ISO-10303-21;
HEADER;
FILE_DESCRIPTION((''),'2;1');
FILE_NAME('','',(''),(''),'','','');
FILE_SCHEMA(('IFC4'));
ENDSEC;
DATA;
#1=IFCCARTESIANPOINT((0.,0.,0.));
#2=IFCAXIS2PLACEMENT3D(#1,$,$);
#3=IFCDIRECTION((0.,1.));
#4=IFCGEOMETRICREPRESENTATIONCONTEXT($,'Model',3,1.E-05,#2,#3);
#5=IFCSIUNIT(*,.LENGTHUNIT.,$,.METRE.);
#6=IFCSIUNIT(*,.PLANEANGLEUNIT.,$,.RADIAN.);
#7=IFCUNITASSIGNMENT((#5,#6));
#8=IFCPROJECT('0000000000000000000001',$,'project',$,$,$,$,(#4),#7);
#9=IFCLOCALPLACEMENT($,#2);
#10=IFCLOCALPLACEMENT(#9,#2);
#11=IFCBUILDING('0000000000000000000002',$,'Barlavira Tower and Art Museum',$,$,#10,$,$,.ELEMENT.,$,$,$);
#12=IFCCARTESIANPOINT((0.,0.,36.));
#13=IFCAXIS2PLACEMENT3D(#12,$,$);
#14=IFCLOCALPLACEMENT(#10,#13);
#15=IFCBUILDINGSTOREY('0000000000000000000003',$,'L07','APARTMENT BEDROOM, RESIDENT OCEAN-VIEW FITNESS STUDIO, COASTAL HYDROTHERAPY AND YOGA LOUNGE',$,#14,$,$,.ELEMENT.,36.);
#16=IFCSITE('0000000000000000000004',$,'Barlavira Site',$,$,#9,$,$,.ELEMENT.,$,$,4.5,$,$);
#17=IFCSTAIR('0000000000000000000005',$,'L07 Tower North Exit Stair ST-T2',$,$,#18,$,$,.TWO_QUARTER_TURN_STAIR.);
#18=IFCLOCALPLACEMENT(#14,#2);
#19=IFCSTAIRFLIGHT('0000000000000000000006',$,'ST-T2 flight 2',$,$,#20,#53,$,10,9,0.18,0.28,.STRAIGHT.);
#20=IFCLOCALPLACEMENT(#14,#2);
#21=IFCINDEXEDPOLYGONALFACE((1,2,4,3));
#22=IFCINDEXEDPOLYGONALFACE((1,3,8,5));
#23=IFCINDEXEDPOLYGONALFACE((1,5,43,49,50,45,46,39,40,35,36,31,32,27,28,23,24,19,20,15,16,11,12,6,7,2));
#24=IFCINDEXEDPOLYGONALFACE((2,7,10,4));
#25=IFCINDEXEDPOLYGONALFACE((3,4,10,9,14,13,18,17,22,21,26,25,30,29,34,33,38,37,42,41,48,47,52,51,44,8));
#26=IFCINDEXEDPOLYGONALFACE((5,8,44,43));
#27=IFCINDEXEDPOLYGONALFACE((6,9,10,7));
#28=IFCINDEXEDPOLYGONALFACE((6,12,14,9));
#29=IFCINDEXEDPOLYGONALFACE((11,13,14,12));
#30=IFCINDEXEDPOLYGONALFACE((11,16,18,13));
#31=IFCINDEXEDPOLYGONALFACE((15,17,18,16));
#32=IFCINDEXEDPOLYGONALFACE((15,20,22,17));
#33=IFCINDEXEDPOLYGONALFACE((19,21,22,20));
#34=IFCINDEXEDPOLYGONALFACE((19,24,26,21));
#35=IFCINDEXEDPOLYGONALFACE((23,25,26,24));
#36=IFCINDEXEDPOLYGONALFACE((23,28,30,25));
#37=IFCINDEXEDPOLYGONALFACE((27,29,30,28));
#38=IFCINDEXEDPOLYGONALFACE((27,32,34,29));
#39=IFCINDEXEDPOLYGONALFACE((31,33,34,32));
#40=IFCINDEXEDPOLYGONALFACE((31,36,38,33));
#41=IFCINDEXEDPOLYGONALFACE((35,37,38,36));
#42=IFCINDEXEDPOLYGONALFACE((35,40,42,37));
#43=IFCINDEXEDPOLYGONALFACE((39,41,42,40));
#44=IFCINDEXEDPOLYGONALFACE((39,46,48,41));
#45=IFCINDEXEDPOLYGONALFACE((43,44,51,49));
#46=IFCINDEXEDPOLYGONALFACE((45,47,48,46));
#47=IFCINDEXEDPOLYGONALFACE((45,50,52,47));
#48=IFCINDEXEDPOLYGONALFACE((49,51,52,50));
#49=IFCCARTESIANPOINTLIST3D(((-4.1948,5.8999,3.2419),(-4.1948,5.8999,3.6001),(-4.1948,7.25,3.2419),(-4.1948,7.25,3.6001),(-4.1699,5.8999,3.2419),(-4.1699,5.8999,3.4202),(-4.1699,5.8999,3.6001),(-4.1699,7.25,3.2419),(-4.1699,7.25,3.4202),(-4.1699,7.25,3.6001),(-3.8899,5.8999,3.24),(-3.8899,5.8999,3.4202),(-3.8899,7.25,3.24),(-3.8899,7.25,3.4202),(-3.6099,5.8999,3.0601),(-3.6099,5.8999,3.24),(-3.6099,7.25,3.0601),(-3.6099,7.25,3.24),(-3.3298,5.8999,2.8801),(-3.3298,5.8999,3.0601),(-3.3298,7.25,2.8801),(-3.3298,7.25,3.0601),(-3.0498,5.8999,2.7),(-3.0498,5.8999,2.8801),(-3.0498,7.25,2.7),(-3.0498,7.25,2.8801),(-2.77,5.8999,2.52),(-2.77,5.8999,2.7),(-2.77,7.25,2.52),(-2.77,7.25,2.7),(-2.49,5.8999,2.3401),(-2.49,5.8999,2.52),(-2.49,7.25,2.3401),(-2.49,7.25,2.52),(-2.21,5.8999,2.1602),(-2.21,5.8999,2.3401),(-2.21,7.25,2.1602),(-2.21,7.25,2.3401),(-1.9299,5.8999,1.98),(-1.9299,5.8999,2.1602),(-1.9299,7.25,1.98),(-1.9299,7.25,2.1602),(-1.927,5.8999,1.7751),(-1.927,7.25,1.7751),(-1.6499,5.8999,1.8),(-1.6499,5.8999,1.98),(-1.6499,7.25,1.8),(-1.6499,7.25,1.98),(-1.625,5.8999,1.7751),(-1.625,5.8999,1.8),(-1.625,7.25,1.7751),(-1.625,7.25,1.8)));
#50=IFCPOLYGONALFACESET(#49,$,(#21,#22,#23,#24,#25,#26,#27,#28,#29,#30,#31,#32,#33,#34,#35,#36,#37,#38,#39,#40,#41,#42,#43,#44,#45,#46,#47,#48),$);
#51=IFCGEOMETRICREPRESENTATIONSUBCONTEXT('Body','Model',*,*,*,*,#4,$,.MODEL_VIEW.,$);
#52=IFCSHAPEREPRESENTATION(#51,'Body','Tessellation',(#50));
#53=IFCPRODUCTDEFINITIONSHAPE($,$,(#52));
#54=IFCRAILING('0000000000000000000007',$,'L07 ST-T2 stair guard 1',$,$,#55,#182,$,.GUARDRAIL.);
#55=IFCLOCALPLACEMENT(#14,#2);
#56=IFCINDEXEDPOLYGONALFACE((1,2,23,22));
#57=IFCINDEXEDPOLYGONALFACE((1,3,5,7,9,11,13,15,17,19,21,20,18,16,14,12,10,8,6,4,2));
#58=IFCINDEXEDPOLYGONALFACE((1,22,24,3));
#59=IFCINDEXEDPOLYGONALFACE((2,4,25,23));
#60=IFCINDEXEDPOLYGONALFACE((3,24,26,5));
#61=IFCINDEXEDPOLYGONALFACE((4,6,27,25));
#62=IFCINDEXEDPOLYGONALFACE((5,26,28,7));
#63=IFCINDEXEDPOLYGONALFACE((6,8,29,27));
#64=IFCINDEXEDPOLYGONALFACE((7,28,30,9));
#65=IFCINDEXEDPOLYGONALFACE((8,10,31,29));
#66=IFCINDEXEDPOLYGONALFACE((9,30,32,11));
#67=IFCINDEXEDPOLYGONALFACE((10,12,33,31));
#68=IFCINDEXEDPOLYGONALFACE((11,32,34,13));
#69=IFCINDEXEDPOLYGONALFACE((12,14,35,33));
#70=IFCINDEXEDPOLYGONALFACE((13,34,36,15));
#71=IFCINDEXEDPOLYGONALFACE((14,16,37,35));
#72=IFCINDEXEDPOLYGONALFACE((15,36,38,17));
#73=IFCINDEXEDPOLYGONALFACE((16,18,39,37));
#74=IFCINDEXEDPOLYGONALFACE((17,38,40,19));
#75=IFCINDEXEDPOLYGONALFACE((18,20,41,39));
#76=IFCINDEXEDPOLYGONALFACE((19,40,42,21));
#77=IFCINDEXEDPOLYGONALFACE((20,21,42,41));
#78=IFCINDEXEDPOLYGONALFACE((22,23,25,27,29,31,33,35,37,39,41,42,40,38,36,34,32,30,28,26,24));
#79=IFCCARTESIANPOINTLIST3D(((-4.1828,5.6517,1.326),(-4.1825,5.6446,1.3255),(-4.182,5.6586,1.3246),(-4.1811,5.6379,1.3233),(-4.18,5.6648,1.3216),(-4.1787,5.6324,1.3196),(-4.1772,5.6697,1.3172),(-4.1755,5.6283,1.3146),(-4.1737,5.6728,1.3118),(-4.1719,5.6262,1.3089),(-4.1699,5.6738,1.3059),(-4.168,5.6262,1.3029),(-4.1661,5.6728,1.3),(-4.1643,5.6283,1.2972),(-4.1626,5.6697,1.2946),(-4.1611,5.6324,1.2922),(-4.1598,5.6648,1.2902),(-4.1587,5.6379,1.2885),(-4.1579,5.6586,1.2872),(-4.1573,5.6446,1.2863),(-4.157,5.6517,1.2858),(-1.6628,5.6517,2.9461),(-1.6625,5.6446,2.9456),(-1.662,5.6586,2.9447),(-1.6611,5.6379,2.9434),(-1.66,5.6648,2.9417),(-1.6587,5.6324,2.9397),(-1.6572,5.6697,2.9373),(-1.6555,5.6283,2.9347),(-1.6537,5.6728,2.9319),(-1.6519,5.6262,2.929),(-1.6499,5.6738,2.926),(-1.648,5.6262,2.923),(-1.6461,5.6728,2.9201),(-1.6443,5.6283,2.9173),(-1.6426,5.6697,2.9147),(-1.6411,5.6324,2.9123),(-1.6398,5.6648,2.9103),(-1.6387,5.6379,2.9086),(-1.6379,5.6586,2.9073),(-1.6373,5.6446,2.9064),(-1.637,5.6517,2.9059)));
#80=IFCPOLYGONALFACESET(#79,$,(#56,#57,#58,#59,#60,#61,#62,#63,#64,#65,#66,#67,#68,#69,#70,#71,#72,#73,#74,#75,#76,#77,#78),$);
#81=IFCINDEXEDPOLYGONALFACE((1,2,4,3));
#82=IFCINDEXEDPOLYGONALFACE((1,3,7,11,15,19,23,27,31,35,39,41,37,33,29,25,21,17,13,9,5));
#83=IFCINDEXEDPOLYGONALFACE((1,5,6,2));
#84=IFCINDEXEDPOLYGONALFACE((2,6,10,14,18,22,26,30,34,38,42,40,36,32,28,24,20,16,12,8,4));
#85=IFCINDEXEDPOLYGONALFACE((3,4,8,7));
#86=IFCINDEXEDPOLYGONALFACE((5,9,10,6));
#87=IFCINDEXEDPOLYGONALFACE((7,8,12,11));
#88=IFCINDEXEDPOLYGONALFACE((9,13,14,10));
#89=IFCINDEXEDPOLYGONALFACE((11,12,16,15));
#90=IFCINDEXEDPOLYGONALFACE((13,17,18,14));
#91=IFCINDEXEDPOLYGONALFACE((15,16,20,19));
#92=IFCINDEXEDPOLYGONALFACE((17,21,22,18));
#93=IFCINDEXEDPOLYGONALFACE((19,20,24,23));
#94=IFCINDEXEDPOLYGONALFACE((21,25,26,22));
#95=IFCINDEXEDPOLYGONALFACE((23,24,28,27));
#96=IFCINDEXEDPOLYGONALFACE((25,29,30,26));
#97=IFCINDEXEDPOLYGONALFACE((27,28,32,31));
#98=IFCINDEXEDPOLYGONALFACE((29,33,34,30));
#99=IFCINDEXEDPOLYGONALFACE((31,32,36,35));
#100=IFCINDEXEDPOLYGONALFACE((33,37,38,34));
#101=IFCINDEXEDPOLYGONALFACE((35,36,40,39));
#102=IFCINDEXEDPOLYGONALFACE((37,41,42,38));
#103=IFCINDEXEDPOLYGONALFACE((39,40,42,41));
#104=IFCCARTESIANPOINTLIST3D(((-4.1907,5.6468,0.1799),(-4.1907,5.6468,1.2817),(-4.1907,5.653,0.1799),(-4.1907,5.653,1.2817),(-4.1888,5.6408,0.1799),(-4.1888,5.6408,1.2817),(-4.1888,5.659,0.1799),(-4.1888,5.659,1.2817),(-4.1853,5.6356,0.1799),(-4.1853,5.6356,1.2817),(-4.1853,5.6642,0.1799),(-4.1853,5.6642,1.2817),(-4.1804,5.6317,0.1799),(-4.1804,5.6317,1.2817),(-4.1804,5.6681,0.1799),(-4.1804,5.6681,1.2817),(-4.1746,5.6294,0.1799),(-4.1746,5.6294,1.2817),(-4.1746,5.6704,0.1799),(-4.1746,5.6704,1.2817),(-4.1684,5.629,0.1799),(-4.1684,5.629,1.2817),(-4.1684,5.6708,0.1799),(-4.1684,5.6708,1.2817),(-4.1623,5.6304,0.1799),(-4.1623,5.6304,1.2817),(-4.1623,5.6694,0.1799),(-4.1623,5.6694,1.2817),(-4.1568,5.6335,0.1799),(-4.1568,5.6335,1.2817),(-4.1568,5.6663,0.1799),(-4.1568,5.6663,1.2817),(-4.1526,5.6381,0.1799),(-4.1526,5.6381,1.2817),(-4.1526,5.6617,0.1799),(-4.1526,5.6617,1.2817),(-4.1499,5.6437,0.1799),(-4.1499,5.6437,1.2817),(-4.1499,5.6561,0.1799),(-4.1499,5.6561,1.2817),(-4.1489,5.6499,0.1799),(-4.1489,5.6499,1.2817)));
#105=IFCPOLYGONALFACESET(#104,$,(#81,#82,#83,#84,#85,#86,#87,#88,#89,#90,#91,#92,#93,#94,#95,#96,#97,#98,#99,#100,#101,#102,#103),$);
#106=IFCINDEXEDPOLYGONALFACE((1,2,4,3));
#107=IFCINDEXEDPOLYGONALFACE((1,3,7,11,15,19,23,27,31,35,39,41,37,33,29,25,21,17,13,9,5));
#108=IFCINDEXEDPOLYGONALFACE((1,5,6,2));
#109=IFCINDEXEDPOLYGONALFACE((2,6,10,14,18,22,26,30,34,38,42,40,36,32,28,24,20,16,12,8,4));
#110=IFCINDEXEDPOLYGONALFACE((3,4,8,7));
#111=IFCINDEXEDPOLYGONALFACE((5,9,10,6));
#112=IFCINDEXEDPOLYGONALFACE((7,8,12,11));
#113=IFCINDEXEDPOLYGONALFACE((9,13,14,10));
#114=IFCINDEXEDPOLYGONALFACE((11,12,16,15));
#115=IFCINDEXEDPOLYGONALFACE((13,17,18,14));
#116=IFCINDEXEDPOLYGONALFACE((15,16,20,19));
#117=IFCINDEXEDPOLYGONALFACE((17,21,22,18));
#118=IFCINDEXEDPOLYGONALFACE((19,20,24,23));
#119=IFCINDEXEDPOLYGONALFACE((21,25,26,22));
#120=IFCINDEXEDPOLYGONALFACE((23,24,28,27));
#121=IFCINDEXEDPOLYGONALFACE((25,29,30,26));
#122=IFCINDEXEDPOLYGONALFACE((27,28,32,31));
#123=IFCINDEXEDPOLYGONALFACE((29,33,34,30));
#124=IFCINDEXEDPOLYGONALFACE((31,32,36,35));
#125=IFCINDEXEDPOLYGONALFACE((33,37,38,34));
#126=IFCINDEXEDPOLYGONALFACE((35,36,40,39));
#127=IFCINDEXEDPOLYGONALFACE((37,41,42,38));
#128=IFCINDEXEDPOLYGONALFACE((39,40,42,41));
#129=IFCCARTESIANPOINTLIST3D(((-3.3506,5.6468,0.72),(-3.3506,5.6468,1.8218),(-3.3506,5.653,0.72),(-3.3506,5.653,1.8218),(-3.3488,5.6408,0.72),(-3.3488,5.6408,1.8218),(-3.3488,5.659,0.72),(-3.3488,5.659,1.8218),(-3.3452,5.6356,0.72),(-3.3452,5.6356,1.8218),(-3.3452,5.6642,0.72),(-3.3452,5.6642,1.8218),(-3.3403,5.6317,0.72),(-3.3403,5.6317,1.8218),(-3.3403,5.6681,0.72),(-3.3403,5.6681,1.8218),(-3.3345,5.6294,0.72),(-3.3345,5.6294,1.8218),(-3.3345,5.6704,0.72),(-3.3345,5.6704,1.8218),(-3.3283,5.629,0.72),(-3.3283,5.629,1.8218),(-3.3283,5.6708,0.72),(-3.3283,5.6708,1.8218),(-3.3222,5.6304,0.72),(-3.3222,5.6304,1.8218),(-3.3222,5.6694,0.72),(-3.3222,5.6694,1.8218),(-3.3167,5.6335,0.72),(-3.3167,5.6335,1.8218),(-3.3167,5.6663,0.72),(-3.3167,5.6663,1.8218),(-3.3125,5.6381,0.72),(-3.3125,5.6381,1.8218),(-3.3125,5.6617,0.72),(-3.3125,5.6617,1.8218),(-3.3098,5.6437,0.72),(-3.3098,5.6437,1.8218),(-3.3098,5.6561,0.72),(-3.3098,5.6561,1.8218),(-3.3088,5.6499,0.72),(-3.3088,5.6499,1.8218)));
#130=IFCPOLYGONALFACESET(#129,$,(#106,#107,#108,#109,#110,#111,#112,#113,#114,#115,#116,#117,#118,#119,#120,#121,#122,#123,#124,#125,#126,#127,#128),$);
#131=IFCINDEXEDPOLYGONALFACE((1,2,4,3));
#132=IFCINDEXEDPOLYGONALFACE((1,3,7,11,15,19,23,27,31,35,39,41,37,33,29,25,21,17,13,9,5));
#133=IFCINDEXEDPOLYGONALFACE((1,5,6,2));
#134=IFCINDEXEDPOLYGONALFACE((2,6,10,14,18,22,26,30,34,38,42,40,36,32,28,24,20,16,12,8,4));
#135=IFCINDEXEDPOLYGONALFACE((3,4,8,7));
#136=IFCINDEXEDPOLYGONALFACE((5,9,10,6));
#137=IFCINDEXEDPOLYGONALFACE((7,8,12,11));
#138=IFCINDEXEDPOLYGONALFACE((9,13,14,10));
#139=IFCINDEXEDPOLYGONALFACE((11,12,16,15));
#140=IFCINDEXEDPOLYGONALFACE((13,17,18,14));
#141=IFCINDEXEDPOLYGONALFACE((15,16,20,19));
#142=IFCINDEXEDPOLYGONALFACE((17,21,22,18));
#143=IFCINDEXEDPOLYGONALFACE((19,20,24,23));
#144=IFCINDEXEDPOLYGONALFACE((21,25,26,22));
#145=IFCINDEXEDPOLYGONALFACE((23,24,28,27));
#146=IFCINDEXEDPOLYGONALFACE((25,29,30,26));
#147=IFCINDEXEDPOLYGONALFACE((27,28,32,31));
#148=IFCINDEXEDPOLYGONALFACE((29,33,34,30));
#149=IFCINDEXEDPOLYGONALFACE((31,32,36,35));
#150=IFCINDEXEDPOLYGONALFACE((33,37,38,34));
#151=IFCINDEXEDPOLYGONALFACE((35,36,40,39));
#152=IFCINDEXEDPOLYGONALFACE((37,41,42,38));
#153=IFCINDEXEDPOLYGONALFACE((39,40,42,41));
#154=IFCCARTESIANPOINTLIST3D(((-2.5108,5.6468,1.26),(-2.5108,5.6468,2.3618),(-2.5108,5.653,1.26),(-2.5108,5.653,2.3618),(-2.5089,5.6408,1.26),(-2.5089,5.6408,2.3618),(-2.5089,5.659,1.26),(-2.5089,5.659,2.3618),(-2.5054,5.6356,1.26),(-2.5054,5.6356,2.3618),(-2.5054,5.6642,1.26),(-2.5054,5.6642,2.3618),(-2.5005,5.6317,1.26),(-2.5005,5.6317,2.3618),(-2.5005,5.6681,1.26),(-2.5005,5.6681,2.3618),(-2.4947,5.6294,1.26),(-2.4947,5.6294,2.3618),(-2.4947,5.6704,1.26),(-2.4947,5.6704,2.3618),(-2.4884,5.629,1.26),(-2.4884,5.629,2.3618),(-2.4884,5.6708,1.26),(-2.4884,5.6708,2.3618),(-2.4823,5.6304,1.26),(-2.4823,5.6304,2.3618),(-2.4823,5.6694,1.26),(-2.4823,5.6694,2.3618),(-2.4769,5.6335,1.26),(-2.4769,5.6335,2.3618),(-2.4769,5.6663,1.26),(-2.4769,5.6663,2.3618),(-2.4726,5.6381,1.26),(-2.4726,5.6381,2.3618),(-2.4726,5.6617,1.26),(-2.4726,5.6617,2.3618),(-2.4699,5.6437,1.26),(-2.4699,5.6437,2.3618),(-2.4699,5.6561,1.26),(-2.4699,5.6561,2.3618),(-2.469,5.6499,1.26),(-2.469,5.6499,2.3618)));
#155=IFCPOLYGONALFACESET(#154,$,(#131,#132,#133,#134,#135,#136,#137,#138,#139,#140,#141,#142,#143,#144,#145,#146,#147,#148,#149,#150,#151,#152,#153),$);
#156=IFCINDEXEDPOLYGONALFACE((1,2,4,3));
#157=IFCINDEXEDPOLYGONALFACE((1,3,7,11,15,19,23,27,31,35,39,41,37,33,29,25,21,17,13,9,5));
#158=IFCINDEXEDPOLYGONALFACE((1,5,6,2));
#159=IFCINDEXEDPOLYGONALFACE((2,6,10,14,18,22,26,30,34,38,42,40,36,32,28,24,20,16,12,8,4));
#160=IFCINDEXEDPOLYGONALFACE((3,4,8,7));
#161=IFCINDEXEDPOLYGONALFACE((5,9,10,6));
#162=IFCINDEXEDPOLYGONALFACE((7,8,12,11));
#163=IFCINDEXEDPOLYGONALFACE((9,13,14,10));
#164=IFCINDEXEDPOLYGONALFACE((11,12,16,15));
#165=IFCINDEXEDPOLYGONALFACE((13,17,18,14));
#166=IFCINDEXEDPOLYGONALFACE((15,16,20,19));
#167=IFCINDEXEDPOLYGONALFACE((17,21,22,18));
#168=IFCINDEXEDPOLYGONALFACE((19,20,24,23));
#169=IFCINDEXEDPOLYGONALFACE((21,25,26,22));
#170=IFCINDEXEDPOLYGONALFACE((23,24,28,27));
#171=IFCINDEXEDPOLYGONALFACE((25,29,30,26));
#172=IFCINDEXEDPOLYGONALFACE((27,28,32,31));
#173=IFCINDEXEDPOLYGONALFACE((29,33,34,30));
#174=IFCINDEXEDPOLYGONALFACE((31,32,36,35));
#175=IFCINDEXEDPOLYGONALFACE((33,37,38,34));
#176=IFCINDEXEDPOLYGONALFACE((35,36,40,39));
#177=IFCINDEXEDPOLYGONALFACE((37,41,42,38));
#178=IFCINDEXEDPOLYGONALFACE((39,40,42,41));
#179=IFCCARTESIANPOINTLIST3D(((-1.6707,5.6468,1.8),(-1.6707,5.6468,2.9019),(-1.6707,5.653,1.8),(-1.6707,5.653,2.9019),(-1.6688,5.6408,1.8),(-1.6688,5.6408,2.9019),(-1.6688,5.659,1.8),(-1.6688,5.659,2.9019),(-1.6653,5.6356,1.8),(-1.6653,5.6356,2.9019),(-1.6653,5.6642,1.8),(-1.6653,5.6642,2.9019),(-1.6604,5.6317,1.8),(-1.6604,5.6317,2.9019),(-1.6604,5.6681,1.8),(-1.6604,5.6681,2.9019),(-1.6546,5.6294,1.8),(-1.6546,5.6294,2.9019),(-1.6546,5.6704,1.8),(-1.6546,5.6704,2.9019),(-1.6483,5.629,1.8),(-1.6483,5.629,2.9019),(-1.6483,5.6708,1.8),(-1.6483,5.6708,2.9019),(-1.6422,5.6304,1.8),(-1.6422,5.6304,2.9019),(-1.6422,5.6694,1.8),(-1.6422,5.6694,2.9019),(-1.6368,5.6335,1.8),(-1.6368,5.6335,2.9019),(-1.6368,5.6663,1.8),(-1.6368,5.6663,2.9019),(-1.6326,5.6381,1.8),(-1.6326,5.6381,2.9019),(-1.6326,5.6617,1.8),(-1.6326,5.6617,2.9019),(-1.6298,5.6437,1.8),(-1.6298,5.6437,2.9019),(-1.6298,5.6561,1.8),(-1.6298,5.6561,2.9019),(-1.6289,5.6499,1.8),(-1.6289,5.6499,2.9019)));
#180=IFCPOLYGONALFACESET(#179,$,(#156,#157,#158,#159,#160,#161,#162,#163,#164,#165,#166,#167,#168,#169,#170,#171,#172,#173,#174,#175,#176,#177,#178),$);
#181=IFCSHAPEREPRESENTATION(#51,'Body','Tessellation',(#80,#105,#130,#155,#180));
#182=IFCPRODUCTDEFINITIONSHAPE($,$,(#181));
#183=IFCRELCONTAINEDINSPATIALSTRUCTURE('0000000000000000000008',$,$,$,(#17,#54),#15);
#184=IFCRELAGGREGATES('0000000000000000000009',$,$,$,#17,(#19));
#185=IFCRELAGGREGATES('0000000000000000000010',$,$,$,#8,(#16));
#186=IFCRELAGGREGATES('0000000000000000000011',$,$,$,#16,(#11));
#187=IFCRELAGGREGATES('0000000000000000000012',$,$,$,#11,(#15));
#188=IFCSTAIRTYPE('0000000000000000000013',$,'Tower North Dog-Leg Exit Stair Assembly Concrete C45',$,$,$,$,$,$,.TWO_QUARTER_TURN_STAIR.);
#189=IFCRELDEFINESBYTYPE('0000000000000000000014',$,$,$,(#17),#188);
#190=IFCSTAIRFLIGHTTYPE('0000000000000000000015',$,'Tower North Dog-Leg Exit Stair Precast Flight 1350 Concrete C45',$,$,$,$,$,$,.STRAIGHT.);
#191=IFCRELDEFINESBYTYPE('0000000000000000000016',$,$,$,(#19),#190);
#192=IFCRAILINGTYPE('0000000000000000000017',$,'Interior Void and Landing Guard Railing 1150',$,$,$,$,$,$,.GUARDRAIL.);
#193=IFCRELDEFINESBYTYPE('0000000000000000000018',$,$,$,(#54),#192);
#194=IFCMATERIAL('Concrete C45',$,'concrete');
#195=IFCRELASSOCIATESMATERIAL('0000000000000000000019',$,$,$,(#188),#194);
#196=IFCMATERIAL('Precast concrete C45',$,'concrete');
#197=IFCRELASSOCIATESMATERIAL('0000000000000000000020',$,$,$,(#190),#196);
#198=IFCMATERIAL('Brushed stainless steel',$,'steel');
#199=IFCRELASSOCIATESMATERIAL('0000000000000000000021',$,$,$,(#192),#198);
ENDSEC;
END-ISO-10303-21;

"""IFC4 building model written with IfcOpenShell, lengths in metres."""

from ifc_helpers import new_model, si_unit, direction, frame, origin, origin_2d, place, context, subcontext, project, spatial, polyline, circle, outline, extrude, material, type_object, element, aggregate, save


model = new_model("IFC4")

# Units and contexts
model_context = context("Model", 3, precision=1e-05, world=origin(), true_north=direction((0.0, 1.0)))
body_context = subcontext(model_context, "Body", "Model", "MODEL_VIEW")
ifc_project = project(units=[si_unit("LENGTHUNIT", "METRE"), si_unit("PLANEANGLEUNIT", "RADIAN")], contexts=[model_context])

# Site, building, storey
site_placement = place(None, origin())
site = spatial("IfcSite", under=ifc_project, at=site_placement, Name="Barlavira Site", CompositionType="ELEMENT", RefElevation=4.5)
building_placement = place(site_placement, origin())
building = spatial("IfcBuilding", under=site, at=building_placement, Name="Barlavira Tower and Art Museum", CompositionType="ELEMENT")
storey_placement = place(building_placement, frame((0.0, 0.0, 36.0)))
storey = spatial("IfcBuildingStorey", under=building, at=storey_placement, Name="L07", Description="APARTMENT BEDROOM, RESIDENT OCEAN-VIEW FITNESS STUDIO, COASTAL HYDROTHERAPY AND YOGA LOUNGE", CompositionType="ELEMENT", Elevation=36.0)

# Shared definitions
ifc_material_1 = material(Name="Brushed stainless steel", Category="steel")

# Stair, stair flight
ifc_material_2 = material(Name="Concrete C45", Category="concrete")
stair_type = type_object("IfcStairType", Name="Tower North Dog-Leg Exit Stair Assembly Concrete C45", PredefinedType="TWO_QUARTER_TURN_STAIR", material=ifc_material_2)
stair_placement = place(storey_placement, origin())
stair = element("IfcStair", 1, at=stair_placement, inside=storey, type_object=stair_type, Name="L07 Tower North Exit Stair ST-T2", PredefinedType="TWO_QUARTER_TURN_STAIR")
ifc_material_3 = material(Name="Precast concrete C45", Category="concrete")
stair_flight_type = type_object("IfcStairFlightType", Name="Tower North Dog-Leg Exit Stair Precast Flight 1350 Concrete C45", PredefinedType="STRAIGHT", material=ifc_material_3)
stair_flight_1_placement = place(storey_placement, frame((-1.6499, 6.575, 1.8), z_axis=(0.0, 0.0, 1.0), x_axis=(-1.0, 0.0, 0.0)))
stair_flight_1 = element("IfcStairFlight", 2, at=stair_flight_1_placement, type_object=stair_flight_type, Name="ST-T2 flight 2", NumberOfRisers=10, NumberOfTreads=9, PredefinedType="STRAIGHT", RiserHeight=0.18, TreadLength=0.28, context=body_context, shape_type="SweptSolid", body=[
    extrude(outline(polyline([(-0.0249, 0.0), (0.0, 0.0), (0.0, 0.1799), (0.28, 0.1799), (0.28, 0.3601), (0.5601, 0.3601), (0.5601, 0.54), (0.8401, 0.54), (0.8401, 0.72), (1.1201, 0.72), (1.1201, 0.8999), (1.3999, 0.8999), (1.3999, 1.0801), (1.6799, 1.0801), (1.6799, 1.26), (1.96, 1.26), (1.96, 1.4399), (2.24, 1.4399), (2.24, 1.6201), (2.52, 1.6201), (2.52, 1.8), (2.5449, 1.8), (2.5449, 1.4419), (2.52, 1.4419), (0.2771, -0.0249), (-0.0249, -0.0249), (-0.0249, 0.0)])), frame((0.0, 0.675, 0.0), z_axis=(0.0, -1.0, 0.0), x_axis=(1.0, 0.0, 0.0)), (0.0, 0.0, 1.0), 1.3501),
])
aggregate(stair, [stair_flight_1])

# Railing
railing_type_1 = type_object("IfcRailingType", Name="Interior Void and Landing Guard Railing 1150", PredefinedType="GUARDRAIL", material=ifc_material_1)
railing_1_placement = place(storey_placement, frame((-4.1699, 5.6499, 0.1799)))
element("IfcRailing", 3, at=railing_1_placement, inside=storey, type_object=railing_type_1, Name="L07 ST-T2 stair guard 1", PredefinedType="GUARDRAIL", context=body_context, shape_type="SweptSolid", body=[
    extrude(circle(Radius=0.0239, at=origin_2d()), frame((0.0, 0.0, 1.126), z_axis=(0.841163, 0.0, 0.540782), x_axis=(0.0, 1.0, 0.0)), (0.0, 0.0, 1.0), 2.9958),
    extrude(circle(Radius=0.021, at=origin_2d()), origin(), (0.0, 0.0, 1.0), 1.1018),
    extrude(circle(Radius=0.021, at=origin_2d()), frame((0.8401, 0.0, 0.54)), (0.0, 0.0, 1.0), 1.1018),
    extrude(circle(Radius=0.021, at=origin_2d()), frame((1.6799, 0.0, 1.0801)), (0.0, 0.0, 1.0), 1.1018),
    extrude(circle(Radius=0.021, at=origin_2d()), frame((2.52, 0.0, 1.6201)), (0.0, 0.0, 1.0), 1.1018),
])

save(model, "model.ifc")
